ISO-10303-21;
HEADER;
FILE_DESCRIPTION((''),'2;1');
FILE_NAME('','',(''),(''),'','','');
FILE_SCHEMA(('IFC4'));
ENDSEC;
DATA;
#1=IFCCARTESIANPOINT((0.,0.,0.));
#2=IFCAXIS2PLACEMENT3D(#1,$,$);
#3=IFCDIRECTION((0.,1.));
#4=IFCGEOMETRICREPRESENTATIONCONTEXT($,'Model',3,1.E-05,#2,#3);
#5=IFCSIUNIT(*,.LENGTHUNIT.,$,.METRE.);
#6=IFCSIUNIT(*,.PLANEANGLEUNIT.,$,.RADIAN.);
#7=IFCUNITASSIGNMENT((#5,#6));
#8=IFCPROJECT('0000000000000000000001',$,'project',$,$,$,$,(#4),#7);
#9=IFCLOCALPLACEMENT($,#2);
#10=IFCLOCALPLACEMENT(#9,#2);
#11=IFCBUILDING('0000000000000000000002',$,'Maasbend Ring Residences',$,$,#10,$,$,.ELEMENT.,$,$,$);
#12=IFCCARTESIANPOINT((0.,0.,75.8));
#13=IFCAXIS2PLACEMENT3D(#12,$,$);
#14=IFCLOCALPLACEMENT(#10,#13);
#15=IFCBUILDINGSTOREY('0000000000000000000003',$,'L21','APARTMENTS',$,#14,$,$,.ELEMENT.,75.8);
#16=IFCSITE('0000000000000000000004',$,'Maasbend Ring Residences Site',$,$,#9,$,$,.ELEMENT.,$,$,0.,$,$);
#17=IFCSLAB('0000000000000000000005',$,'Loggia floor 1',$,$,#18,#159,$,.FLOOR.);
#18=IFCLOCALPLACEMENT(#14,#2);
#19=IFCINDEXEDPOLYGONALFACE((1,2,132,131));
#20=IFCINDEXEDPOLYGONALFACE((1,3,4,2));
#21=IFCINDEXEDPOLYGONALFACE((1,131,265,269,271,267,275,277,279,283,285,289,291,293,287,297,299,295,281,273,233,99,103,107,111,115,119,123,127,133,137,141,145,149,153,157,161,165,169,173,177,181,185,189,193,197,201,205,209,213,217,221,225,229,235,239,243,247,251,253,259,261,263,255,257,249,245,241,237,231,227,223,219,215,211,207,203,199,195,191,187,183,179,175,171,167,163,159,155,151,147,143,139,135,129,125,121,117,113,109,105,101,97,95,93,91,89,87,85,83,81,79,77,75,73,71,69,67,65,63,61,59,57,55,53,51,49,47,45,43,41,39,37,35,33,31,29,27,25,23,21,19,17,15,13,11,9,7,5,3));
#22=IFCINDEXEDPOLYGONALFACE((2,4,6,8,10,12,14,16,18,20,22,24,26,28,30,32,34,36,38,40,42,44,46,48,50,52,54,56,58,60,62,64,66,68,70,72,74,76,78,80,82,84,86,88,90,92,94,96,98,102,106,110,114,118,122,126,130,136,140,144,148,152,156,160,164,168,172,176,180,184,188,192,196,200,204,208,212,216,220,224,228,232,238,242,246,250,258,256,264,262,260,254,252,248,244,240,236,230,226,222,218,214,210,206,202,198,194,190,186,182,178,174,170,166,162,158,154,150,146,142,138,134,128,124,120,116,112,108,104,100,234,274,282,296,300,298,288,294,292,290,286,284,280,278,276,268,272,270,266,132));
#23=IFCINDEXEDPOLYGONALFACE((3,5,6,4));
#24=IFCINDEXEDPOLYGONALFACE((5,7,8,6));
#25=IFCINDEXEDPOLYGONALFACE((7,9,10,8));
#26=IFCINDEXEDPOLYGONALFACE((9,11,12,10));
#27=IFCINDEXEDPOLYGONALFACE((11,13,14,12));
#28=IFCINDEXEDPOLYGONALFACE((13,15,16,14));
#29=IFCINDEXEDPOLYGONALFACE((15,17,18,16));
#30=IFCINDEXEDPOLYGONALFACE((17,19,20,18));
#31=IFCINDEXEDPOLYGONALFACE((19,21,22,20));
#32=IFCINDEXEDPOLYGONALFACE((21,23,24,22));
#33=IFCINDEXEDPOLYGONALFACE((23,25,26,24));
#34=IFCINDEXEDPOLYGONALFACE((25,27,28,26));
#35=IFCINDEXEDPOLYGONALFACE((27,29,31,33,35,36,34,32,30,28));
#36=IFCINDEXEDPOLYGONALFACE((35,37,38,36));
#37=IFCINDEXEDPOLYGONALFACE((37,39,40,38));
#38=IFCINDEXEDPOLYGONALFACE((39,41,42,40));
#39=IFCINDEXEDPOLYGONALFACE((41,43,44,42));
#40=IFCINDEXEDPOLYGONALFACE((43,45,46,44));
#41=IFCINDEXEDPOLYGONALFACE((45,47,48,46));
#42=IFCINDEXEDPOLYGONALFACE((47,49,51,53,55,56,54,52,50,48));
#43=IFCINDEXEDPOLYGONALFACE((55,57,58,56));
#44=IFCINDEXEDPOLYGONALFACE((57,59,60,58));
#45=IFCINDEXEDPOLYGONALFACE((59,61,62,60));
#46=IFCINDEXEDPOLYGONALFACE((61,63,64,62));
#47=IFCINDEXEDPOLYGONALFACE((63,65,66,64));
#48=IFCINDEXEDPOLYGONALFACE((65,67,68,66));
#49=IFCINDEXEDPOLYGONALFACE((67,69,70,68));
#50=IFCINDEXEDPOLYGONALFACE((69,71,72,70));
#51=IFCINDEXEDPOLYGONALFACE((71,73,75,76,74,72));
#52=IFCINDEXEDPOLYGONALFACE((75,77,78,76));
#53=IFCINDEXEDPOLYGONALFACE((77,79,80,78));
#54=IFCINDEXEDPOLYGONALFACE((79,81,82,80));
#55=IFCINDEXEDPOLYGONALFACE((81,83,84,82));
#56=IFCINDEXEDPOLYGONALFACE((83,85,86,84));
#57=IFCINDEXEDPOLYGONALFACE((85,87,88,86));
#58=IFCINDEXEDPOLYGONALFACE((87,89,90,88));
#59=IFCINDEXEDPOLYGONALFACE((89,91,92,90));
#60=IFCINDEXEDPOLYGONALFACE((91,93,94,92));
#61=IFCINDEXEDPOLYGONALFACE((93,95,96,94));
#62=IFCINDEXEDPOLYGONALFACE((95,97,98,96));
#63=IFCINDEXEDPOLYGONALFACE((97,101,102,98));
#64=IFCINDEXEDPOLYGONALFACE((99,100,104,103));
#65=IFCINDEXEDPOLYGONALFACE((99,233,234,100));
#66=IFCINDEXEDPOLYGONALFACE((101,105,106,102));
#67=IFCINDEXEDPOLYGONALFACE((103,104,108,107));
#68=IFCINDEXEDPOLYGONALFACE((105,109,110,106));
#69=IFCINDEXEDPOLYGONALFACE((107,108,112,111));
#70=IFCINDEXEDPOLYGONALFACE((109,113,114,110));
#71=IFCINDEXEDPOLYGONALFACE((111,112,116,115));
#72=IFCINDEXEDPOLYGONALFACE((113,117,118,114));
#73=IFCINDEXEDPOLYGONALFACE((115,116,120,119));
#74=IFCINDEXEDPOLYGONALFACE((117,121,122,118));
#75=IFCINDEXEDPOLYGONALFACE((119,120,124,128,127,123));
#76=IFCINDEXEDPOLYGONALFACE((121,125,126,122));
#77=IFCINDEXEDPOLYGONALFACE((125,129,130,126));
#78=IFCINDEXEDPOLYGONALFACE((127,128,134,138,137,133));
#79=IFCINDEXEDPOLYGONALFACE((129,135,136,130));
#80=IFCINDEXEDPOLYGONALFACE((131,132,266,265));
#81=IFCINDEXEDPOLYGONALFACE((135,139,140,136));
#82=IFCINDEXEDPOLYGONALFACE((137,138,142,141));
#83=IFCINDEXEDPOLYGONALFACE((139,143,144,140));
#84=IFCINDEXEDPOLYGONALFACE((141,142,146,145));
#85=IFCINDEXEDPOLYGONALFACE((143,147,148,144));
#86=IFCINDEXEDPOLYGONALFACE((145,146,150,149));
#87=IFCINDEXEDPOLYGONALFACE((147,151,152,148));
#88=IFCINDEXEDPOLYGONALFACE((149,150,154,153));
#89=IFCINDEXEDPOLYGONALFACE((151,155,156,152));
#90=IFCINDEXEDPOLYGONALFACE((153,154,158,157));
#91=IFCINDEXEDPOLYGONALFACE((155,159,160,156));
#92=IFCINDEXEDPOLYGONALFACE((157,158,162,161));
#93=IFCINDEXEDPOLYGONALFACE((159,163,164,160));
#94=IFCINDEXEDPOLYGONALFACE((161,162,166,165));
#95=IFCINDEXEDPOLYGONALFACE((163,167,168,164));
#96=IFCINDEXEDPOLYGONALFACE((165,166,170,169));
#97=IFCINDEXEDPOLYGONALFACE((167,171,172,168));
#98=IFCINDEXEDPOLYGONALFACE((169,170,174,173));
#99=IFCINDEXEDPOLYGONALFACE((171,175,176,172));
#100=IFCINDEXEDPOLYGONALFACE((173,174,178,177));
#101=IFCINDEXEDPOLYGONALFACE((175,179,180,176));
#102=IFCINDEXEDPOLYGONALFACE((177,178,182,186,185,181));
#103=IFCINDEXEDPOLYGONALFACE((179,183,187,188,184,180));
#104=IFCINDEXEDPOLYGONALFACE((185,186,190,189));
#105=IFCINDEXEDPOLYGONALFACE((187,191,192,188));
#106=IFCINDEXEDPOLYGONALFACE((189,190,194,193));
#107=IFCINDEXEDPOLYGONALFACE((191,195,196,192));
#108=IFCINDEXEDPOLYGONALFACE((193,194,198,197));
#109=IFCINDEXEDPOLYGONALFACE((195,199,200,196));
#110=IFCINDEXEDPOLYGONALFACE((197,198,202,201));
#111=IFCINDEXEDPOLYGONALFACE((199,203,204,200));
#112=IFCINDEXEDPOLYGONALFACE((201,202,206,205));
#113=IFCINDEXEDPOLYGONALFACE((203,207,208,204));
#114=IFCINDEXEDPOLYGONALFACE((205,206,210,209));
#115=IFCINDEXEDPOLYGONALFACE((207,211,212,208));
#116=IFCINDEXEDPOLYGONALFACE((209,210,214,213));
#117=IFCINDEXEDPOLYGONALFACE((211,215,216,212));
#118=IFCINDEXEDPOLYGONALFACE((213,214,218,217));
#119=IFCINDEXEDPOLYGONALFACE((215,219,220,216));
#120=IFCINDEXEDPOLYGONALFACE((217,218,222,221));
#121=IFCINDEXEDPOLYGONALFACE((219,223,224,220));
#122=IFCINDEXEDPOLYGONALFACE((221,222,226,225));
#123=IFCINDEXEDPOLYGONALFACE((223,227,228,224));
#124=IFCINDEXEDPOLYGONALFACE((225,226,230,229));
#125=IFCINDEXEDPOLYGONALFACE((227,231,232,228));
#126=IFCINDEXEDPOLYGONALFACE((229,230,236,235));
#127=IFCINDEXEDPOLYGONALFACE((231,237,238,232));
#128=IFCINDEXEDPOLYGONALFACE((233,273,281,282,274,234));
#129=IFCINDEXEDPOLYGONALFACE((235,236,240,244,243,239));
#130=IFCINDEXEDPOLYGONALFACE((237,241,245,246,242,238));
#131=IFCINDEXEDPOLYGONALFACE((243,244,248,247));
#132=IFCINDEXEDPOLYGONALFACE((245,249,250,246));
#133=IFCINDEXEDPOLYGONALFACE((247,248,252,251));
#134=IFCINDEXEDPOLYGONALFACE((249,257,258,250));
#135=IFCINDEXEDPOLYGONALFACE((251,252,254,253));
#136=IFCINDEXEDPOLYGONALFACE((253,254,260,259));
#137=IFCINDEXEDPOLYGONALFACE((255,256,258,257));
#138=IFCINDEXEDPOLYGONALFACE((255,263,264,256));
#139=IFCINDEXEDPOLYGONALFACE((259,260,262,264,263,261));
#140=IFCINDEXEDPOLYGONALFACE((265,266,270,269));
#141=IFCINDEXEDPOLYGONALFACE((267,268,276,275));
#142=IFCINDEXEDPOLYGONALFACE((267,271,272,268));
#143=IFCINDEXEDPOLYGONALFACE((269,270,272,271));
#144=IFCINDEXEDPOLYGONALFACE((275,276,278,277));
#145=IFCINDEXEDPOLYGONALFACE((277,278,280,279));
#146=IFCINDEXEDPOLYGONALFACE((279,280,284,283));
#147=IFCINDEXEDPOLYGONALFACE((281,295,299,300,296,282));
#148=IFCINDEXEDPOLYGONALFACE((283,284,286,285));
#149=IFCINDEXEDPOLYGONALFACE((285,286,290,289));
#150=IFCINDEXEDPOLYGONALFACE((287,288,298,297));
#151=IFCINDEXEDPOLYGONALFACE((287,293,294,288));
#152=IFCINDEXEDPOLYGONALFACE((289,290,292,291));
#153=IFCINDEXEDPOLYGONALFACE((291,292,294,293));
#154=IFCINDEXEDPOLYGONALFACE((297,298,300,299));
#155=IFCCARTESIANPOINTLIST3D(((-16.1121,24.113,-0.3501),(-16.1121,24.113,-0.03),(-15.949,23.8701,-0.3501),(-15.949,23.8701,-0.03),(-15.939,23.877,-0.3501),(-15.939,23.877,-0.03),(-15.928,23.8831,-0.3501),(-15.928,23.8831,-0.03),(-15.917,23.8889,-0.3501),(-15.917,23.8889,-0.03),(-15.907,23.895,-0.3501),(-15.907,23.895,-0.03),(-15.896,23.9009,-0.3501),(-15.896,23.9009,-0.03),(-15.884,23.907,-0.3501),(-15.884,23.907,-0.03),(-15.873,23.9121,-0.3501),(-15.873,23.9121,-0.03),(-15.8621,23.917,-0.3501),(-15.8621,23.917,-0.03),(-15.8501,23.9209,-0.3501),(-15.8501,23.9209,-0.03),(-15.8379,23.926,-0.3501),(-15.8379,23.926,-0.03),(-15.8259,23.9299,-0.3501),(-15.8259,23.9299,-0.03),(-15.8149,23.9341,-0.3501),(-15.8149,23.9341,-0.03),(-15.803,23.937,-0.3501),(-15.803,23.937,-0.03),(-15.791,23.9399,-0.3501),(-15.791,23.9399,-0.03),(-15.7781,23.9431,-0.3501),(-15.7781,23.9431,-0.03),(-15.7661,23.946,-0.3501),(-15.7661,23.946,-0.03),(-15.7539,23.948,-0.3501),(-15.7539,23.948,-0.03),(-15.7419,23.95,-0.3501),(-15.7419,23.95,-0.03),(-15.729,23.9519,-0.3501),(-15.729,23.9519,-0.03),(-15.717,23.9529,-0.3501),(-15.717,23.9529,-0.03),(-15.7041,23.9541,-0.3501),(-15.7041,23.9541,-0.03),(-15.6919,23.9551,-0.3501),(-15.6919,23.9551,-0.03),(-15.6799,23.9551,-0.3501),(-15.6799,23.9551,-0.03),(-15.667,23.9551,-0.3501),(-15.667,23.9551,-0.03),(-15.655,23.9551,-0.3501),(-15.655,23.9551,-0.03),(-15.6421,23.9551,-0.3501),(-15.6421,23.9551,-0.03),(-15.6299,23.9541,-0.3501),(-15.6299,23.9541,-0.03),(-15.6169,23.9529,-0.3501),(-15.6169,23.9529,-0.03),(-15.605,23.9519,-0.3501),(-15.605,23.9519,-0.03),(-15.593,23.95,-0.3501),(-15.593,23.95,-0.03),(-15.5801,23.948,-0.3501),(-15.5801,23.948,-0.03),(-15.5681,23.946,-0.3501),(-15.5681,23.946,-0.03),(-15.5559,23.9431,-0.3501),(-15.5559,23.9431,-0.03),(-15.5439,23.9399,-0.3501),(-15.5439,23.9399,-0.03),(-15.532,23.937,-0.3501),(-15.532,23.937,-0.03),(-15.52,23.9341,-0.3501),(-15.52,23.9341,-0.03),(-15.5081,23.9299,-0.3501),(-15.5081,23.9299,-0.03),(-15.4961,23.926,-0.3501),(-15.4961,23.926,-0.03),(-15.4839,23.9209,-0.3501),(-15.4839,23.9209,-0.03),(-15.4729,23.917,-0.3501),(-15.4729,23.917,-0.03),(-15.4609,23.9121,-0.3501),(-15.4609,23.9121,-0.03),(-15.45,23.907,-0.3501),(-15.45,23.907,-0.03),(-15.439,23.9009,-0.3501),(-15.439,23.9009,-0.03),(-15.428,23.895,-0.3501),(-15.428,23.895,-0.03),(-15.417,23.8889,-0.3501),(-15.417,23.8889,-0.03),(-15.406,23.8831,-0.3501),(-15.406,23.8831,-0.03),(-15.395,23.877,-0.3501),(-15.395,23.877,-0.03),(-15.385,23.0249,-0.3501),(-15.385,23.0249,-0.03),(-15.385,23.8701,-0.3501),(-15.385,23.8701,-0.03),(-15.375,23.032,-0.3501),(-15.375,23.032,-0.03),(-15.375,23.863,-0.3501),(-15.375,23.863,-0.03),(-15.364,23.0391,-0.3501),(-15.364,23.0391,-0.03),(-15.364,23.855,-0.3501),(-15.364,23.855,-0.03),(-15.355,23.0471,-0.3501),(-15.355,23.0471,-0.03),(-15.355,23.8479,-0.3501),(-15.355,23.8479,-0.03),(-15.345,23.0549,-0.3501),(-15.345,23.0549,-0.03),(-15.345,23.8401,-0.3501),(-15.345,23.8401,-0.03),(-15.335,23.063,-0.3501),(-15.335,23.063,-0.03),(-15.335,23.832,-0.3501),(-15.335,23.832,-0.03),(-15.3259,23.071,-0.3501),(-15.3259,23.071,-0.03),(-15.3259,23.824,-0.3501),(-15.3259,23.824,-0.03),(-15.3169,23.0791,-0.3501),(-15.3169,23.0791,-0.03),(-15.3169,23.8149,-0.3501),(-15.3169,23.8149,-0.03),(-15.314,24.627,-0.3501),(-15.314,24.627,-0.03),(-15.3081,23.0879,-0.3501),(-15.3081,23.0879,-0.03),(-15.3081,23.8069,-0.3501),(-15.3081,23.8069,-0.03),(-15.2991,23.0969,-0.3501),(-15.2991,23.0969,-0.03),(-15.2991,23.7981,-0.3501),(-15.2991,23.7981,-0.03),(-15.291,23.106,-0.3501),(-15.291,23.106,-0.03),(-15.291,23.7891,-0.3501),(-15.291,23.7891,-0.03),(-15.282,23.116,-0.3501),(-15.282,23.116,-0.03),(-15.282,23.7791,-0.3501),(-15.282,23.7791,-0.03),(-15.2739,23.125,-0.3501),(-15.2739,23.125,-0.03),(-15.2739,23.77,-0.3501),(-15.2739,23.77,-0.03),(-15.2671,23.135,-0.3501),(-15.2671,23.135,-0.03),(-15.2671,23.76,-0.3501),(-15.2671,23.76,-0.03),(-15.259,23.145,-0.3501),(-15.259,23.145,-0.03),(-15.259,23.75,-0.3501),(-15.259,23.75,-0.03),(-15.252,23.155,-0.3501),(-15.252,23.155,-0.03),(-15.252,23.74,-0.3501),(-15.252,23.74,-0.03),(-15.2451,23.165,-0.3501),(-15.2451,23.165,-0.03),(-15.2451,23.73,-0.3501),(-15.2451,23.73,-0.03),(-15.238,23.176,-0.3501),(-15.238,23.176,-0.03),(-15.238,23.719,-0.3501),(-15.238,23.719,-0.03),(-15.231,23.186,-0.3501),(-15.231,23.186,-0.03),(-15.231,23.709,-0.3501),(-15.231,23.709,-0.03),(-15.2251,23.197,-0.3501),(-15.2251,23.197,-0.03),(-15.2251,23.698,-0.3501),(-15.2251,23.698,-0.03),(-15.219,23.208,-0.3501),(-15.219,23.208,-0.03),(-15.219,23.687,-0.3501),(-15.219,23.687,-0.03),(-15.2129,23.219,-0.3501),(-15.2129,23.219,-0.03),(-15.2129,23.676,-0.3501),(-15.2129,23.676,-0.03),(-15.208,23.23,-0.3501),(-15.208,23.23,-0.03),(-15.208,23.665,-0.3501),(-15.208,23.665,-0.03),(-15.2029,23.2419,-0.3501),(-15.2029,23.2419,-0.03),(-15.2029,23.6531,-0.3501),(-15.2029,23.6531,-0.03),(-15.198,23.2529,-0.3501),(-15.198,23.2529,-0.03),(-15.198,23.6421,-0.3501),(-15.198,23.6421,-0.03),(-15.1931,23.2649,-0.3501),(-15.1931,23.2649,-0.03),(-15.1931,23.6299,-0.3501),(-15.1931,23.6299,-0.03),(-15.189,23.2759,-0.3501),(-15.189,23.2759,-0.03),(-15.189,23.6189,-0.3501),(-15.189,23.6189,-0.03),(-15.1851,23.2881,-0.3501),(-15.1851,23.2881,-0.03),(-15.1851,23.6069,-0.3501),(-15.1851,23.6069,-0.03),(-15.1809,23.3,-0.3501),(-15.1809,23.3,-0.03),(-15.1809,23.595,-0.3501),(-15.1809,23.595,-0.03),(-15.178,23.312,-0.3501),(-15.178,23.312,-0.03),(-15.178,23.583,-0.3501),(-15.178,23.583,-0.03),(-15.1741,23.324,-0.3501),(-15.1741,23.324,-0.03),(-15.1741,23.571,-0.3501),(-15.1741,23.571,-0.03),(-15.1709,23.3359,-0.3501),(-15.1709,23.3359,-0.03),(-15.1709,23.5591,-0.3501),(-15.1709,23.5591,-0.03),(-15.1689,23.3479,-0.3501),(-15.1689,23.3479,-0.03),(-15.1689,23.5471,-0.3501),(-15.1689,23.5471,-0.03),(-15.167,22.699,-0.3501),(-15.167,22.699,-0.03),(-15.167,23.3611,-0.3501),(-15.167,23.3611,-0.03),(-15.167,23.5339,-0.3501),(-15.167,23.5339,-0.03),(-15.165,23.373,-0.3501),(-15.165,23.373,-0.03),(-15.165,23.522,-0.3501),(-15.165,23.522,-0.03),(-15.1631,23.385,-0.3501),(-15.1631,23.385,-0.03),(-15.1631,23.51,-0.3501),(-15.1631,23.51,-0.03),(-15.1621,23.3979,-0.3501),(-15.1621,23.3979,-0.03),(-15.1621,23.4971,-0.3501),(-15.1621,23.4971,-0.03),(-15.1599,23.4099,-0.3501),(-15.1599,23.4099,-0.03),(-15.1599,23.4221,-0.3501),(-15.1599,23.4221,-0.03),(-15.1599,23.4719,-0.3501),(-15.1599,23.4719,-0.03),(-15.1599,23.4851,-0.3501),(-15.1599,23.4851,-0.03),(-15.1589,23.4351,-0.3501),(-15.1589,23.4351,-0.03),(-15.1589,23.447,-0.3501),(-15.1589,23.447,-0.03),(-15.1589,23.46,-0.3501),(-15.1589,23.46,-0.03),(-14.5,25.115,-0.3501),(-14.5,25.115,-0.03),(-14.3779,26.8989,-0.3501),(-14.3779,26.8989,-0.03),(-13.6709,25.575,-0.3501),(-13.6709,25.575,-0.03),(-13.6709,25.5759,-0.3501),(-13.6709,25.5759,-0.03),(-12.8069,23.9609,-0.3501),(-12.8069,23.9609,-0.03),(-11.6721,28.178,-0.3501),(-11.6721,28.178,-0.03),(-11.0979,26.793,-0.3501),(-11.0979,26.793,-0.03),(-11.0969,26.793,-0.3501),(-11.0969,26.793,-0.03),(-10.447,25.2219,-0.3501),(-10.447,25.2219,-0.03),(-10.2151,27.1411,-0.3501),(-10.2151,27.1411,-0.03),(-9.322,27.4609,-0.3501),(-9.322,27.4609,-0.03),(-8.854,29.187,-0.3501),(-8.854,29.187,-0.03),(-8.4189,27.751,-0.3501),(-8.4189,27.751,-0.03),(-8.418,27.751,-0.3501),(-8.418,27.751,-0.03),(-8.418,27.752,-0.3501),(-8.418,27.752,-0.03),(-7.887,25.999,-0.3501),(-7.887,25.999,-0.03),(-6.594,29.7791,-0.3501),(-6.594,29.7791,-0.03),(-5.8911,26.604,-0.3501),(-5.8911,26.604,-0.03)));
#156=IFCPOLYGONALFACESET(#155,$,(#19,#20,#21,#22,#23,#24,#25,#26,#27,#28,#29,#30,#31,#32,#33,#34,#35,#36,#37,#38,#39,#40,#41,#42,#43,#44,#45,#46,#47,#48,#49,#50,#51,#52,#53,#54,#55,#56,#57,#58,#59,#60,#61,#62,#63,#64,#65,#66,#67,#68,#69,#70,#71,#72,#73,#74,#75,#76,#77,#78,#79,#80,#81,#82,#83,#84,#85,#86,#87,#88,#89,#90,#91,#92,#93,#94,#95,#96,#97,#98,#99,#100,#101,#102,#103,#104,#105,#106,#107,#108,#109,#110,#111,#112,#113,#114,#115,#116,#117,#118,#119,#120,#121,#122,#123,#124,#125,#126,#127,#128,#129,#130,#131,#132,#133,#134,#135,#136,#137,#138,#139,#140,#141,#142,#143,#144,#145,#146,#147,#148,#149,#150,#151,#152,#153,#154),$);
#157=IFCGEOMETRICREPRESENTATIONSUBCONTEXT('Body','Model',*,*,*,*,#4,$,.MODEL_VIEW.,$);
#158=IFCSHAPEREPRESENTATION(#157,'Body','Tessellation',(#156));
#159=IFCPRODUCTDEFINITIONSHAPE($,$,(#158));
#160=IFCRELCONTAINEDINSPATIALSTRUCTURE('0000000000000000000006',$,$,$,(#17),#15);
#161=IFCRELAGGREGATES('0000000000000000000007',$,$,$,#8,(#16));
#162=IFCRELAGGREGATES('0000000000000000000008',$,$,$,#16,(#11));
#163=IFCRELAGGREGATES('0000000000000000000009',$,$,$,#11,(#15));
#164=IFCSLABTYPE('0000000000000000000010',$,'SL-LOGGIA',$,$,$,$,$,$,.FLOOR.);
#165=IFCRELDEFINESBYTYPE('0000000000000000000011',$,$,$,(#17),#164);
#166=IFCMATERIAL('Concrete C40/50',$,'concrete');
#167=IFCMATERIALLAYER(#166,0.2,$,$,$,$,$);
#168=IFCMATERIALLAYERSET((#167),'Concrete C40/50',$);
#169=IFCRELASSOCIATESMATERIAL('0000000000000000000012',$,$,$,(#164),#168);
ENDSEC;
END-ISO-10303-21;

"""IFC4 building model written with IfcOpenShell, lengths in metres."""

from ifc_helpers import new_model, si_unit, direction, frame, origin, place, context, subcontext, project, spatial, polyline, outline, extrude, material, layer, layer_set, type_object, element, save


model = new_model("IFC4")

# Units and contexts
model_context = context("Model", 3, precision=1e-05, world=origin(), true_north=direction((0.0, 1.0)))
body_context = subcontext(model_context, "Body", "Model", "MODEL_VIEW")
ifc_project = project(units=[si_unit("LENGTHUNIT", "METRE"), si_unit("PLANEANGLEUNIT", "RADIAN")], contexts=[model_context])

# Site, building, storey
site_placement = place(None, origin())
site = spatial("IfcSite", under=ifc_project, at=site_placement, Name="Maasbend Ring Residences Site", CompositionType="ELEMENT", RefElevation=0.0)
building_placement = place(site_placement, origin())
building = spatial("IfcBuilding", under=site, at=building_placement, Name="Maasbend Ring Residences", CompositionType="ELEMENT")
storey_placement = place(building_placement, frame((0.0, 0.0, 75.8)))
storey = spatial("IfcBuildingStorey", under=building, at=storey_placement, Name="L21", Description="APARTMENTS", CompositionType="ELEMENT", Elevation=75.8)

# Slab
ifc_material_1 = material(Name="Concrete C40/50", Category="concrete")
ifc_layer_1 = layer(ifc_material_1, 0.2)
ifc_layer_set_1 = layer_set([ifc_layer_1], Name="Concrete C40/50")
slab_type_1 = type_object("IfcSlabType", Name="SL-LOGGIA", PredefinedType="FLOOR", material=ifc_layer_set_1)
slab_1_placement = place(storey_placement, frame((0.0, 0.0, -0.3501)))
element("IfcSlab", 1, at=slab_1_placement, inside=storey, type_object=slab_type_1, Name="Loggia floor 1", PredefinedType="FLOOR", context=body_context, shape_type="SweptSolid", body=[
    extrude(outline(polyline([(-14.5, 25.115), (-13.6709, 25.575), (-13.6709, 25.5759), (-13.6709, 25.5759), (-13.6709, 25.5759), (-13.6709, 25.5759), (-13.6709, 25.5759), (-13.6709, 25.5759), (-13.6709, 25.5759), (-13.6709, 25.5759), (-13.6709, 25.5759), (-13.6709, 25.5759), (-13.6709, 25.5759), (-13.6709, 25.5759), (-13.6709, 25.5759), (-13.6709, 25.5759), (-13.6709, 25.5759), (-13.6709, 25.5759), (-14.3779, 26.8989), (-14.3779, 26.8989), (-14.3779, 26.8989), (-11.6721, 28.178), (-11.6721, 28.178), (-11.6721, 28.178), (-11.0979, 26.793), (-11.0979, 26.793), (-11.0979, 26.793), (-11.0979, 26.793), (-11.0979, 26.793), (-11.0979, 26.793), (-11.0979, 26.793), (-11.0979, 26.793), (-11.0979, 26.793), (-11.0979, 26.793), (-11.0979, 26.793), (-11.0979, 26.793), (-11.0979, 26.793), (-11.0979, 26.793), (-11.0969, 26.793), (-11.0969, 26.793), (-11.0969, 26.793), (-10.2151, 27.1411), (-10.2151, 27.1411), (-9.322, 27.4609), (-9.322, 27.4609), (-8.4189, 27.751), (-8.4189, 27.751), (-8.4189, 27.751), (-8.4189, 27.751), (-8.4189, 27.751), (-8.4189, 27.751), (-8.418, 27.751), (-8.418, 27.751), (-8.418, 27.751), (-8.418, 27.751), (-8.418, 27.751), (-8.418, 27.752), (-8.418, 27.752), (-8.418, 27.752), (-8.418, 27.752), (-8.418, 27.752), (-8.418, 27.752), (-8.854, 29.187), (-8.854, 29.187), (-8.854, 29.187), (-6.594, 29.7791), (-6.594, 29.7791), (-6.594, 29.7791), (-5.8911, 26.604), (-5.8911, 26.604), (-5.8911, 26.604), (-7.887, 25.999), (-10.447, 25.2219), (-10.447, 25.2219), (-10.447, 25.2219), (-12.8069, 23.9609), (-15.167, 22.699), (-15.167, 22.699), (-15.167, 22.699), (-15.385, 23.0249), (-15.375, 23.032), (-15.364, 23.0391), (-15.355, 23.0471), (-15.345, 23.0549), (-15.335, 23.063), (-15.3259, 23.071), (-15.3169, 23.0791), (-15.3081, 23.0879), (-15.2991, 23.0969), (-15.291, 23.106), (-15.282, 23.116), (-15.2739, 23.125), (-15.2671, 23.135), (-15.259, 23.145), (-15.252, 23.155), (-15.2451, 23.165), (-15.238, 23.176), (-15.231, 23.186), (-15.2251, 23.197), (-15.219, 23.208), (-15.2129, 23.219), (-15.208, 23.23), (-15.2029, 23.2419), (-15.198, 23.2529), (-15.1931, 23.2649), (-15.189, 23.2759), (-15.1851, 23.2881), (-15.1809, 23.3), (-15.178, 23.312), (-15.1741, 23.324), (-15.1709, 23.3359), (-15.1689, 23.3479), (-15.167, 23.3611), (-15.165, 23.373), (-15.1631, 23.385), (-15.1621, 23.3979), (-15.1599, 23.4099), (-15.1599, 23.4221), (-15.1589, 23.4351), (-15.1589, 23.447), (-15.1589, 23.46), (-15.1599, 23.4719), (-15.1599, 23.4851), (-15.1621, 23.4971), (-15.1631, 23.51), (-15.165, 23.522), (-15.167, 23.5339), (-15.1689, 23.5471), (-15.1709, 23.5591), (-15.1741, 23.571), (-15.178, 23.583), (-15.1809, 23.595), (-15.1851, 23.6069), (-15.189, 23.6189), (-15.1931, 23.6299), (-15.198, 23.6421), (-15.2029, 23.6531), (-15.208, 23.665), (-15.2129, 23.676), (-15.219, 23.687), (-15.2251, 23.698), (-15.231, 23.709), (-15.238, 23.719), (-15.2451, 23.73), (-15.252, 23.74), (-15.259, 23.75), (-15.2671, 23.76), (-15.2739, 23.77), (-15.282, 23.7791), (-15.291, 23.7891), (-15.2991, 23.7981), (-15.3081, 23.8069), (-15.3169, 23.8149), (-15.3259, 23.824), (-15.335, 23.832), (-15.345, 23.8401), (-15.355, 23.8479), (-15.364, 23.855), (-15.375, 23.863), (-15.385, 23.8701), (-15.395, 23.877), (-15.406, 23.8831), (-15.417, 23.8889), (-15.428, 23.895), (-15.439, 23.9009), (-15.45, 23.907), (-15.4609, 23.9121), (-15.4729, 23.917), (-15.4839, 23.9209), (-15.4961, 23.926), (-15.5081, 23.9299), (-15.52, 23.9341), (-15.532, 23.937), (-15.5439, 23.9399), (-15.5559, 23.9431), (-15.5681, 23.946), (-15.5801, 23.948), (-15.593, 23.95), (-15.605, 23.9519), (-15.6169, 23.9529), (-15.6299, 23.9541), (-15.6421, 23.9551), (-15.655, 23.9551), (-15.667, 23.9551), (-15.6799, 23.9551), (-15.6919, 23.9551), (-15.7041, 23.9541), (-15.717, 23.9529), (-15.729, 23.9519), (-15.7419, 23.95), (-15.7539, 23.948), (-15.7661, 23.946), (-15.7781, 23.9431), (-15.791, 23.9399), (-15.803, 23.937), (-15.8149, 23.9341), (-15.8259, 23.9299), (-15.8379, 23.926), (-15.8501, 23.9209), (-15.8621, 23.917), (-15.873, 23.9121), (-15.884, 23.907), (-15.896, 23.9009), (-15.907, 23.895), (-15.917, 23.8889), (-15.928, 23.8831), (-15.939, 23.877), (-15.949, 23.8701), (-16.1121, 24.113), (-16.1121, 24.113), (-16.1121, 24.113), (-15.314, 24.627), (-15.314, 24.627), (-14.5, 25.115), (-14.5, 25.115)])), origin(), (0.0, 0.0, 1.0), 0.3201),
])

save(model, "model.ifc")
